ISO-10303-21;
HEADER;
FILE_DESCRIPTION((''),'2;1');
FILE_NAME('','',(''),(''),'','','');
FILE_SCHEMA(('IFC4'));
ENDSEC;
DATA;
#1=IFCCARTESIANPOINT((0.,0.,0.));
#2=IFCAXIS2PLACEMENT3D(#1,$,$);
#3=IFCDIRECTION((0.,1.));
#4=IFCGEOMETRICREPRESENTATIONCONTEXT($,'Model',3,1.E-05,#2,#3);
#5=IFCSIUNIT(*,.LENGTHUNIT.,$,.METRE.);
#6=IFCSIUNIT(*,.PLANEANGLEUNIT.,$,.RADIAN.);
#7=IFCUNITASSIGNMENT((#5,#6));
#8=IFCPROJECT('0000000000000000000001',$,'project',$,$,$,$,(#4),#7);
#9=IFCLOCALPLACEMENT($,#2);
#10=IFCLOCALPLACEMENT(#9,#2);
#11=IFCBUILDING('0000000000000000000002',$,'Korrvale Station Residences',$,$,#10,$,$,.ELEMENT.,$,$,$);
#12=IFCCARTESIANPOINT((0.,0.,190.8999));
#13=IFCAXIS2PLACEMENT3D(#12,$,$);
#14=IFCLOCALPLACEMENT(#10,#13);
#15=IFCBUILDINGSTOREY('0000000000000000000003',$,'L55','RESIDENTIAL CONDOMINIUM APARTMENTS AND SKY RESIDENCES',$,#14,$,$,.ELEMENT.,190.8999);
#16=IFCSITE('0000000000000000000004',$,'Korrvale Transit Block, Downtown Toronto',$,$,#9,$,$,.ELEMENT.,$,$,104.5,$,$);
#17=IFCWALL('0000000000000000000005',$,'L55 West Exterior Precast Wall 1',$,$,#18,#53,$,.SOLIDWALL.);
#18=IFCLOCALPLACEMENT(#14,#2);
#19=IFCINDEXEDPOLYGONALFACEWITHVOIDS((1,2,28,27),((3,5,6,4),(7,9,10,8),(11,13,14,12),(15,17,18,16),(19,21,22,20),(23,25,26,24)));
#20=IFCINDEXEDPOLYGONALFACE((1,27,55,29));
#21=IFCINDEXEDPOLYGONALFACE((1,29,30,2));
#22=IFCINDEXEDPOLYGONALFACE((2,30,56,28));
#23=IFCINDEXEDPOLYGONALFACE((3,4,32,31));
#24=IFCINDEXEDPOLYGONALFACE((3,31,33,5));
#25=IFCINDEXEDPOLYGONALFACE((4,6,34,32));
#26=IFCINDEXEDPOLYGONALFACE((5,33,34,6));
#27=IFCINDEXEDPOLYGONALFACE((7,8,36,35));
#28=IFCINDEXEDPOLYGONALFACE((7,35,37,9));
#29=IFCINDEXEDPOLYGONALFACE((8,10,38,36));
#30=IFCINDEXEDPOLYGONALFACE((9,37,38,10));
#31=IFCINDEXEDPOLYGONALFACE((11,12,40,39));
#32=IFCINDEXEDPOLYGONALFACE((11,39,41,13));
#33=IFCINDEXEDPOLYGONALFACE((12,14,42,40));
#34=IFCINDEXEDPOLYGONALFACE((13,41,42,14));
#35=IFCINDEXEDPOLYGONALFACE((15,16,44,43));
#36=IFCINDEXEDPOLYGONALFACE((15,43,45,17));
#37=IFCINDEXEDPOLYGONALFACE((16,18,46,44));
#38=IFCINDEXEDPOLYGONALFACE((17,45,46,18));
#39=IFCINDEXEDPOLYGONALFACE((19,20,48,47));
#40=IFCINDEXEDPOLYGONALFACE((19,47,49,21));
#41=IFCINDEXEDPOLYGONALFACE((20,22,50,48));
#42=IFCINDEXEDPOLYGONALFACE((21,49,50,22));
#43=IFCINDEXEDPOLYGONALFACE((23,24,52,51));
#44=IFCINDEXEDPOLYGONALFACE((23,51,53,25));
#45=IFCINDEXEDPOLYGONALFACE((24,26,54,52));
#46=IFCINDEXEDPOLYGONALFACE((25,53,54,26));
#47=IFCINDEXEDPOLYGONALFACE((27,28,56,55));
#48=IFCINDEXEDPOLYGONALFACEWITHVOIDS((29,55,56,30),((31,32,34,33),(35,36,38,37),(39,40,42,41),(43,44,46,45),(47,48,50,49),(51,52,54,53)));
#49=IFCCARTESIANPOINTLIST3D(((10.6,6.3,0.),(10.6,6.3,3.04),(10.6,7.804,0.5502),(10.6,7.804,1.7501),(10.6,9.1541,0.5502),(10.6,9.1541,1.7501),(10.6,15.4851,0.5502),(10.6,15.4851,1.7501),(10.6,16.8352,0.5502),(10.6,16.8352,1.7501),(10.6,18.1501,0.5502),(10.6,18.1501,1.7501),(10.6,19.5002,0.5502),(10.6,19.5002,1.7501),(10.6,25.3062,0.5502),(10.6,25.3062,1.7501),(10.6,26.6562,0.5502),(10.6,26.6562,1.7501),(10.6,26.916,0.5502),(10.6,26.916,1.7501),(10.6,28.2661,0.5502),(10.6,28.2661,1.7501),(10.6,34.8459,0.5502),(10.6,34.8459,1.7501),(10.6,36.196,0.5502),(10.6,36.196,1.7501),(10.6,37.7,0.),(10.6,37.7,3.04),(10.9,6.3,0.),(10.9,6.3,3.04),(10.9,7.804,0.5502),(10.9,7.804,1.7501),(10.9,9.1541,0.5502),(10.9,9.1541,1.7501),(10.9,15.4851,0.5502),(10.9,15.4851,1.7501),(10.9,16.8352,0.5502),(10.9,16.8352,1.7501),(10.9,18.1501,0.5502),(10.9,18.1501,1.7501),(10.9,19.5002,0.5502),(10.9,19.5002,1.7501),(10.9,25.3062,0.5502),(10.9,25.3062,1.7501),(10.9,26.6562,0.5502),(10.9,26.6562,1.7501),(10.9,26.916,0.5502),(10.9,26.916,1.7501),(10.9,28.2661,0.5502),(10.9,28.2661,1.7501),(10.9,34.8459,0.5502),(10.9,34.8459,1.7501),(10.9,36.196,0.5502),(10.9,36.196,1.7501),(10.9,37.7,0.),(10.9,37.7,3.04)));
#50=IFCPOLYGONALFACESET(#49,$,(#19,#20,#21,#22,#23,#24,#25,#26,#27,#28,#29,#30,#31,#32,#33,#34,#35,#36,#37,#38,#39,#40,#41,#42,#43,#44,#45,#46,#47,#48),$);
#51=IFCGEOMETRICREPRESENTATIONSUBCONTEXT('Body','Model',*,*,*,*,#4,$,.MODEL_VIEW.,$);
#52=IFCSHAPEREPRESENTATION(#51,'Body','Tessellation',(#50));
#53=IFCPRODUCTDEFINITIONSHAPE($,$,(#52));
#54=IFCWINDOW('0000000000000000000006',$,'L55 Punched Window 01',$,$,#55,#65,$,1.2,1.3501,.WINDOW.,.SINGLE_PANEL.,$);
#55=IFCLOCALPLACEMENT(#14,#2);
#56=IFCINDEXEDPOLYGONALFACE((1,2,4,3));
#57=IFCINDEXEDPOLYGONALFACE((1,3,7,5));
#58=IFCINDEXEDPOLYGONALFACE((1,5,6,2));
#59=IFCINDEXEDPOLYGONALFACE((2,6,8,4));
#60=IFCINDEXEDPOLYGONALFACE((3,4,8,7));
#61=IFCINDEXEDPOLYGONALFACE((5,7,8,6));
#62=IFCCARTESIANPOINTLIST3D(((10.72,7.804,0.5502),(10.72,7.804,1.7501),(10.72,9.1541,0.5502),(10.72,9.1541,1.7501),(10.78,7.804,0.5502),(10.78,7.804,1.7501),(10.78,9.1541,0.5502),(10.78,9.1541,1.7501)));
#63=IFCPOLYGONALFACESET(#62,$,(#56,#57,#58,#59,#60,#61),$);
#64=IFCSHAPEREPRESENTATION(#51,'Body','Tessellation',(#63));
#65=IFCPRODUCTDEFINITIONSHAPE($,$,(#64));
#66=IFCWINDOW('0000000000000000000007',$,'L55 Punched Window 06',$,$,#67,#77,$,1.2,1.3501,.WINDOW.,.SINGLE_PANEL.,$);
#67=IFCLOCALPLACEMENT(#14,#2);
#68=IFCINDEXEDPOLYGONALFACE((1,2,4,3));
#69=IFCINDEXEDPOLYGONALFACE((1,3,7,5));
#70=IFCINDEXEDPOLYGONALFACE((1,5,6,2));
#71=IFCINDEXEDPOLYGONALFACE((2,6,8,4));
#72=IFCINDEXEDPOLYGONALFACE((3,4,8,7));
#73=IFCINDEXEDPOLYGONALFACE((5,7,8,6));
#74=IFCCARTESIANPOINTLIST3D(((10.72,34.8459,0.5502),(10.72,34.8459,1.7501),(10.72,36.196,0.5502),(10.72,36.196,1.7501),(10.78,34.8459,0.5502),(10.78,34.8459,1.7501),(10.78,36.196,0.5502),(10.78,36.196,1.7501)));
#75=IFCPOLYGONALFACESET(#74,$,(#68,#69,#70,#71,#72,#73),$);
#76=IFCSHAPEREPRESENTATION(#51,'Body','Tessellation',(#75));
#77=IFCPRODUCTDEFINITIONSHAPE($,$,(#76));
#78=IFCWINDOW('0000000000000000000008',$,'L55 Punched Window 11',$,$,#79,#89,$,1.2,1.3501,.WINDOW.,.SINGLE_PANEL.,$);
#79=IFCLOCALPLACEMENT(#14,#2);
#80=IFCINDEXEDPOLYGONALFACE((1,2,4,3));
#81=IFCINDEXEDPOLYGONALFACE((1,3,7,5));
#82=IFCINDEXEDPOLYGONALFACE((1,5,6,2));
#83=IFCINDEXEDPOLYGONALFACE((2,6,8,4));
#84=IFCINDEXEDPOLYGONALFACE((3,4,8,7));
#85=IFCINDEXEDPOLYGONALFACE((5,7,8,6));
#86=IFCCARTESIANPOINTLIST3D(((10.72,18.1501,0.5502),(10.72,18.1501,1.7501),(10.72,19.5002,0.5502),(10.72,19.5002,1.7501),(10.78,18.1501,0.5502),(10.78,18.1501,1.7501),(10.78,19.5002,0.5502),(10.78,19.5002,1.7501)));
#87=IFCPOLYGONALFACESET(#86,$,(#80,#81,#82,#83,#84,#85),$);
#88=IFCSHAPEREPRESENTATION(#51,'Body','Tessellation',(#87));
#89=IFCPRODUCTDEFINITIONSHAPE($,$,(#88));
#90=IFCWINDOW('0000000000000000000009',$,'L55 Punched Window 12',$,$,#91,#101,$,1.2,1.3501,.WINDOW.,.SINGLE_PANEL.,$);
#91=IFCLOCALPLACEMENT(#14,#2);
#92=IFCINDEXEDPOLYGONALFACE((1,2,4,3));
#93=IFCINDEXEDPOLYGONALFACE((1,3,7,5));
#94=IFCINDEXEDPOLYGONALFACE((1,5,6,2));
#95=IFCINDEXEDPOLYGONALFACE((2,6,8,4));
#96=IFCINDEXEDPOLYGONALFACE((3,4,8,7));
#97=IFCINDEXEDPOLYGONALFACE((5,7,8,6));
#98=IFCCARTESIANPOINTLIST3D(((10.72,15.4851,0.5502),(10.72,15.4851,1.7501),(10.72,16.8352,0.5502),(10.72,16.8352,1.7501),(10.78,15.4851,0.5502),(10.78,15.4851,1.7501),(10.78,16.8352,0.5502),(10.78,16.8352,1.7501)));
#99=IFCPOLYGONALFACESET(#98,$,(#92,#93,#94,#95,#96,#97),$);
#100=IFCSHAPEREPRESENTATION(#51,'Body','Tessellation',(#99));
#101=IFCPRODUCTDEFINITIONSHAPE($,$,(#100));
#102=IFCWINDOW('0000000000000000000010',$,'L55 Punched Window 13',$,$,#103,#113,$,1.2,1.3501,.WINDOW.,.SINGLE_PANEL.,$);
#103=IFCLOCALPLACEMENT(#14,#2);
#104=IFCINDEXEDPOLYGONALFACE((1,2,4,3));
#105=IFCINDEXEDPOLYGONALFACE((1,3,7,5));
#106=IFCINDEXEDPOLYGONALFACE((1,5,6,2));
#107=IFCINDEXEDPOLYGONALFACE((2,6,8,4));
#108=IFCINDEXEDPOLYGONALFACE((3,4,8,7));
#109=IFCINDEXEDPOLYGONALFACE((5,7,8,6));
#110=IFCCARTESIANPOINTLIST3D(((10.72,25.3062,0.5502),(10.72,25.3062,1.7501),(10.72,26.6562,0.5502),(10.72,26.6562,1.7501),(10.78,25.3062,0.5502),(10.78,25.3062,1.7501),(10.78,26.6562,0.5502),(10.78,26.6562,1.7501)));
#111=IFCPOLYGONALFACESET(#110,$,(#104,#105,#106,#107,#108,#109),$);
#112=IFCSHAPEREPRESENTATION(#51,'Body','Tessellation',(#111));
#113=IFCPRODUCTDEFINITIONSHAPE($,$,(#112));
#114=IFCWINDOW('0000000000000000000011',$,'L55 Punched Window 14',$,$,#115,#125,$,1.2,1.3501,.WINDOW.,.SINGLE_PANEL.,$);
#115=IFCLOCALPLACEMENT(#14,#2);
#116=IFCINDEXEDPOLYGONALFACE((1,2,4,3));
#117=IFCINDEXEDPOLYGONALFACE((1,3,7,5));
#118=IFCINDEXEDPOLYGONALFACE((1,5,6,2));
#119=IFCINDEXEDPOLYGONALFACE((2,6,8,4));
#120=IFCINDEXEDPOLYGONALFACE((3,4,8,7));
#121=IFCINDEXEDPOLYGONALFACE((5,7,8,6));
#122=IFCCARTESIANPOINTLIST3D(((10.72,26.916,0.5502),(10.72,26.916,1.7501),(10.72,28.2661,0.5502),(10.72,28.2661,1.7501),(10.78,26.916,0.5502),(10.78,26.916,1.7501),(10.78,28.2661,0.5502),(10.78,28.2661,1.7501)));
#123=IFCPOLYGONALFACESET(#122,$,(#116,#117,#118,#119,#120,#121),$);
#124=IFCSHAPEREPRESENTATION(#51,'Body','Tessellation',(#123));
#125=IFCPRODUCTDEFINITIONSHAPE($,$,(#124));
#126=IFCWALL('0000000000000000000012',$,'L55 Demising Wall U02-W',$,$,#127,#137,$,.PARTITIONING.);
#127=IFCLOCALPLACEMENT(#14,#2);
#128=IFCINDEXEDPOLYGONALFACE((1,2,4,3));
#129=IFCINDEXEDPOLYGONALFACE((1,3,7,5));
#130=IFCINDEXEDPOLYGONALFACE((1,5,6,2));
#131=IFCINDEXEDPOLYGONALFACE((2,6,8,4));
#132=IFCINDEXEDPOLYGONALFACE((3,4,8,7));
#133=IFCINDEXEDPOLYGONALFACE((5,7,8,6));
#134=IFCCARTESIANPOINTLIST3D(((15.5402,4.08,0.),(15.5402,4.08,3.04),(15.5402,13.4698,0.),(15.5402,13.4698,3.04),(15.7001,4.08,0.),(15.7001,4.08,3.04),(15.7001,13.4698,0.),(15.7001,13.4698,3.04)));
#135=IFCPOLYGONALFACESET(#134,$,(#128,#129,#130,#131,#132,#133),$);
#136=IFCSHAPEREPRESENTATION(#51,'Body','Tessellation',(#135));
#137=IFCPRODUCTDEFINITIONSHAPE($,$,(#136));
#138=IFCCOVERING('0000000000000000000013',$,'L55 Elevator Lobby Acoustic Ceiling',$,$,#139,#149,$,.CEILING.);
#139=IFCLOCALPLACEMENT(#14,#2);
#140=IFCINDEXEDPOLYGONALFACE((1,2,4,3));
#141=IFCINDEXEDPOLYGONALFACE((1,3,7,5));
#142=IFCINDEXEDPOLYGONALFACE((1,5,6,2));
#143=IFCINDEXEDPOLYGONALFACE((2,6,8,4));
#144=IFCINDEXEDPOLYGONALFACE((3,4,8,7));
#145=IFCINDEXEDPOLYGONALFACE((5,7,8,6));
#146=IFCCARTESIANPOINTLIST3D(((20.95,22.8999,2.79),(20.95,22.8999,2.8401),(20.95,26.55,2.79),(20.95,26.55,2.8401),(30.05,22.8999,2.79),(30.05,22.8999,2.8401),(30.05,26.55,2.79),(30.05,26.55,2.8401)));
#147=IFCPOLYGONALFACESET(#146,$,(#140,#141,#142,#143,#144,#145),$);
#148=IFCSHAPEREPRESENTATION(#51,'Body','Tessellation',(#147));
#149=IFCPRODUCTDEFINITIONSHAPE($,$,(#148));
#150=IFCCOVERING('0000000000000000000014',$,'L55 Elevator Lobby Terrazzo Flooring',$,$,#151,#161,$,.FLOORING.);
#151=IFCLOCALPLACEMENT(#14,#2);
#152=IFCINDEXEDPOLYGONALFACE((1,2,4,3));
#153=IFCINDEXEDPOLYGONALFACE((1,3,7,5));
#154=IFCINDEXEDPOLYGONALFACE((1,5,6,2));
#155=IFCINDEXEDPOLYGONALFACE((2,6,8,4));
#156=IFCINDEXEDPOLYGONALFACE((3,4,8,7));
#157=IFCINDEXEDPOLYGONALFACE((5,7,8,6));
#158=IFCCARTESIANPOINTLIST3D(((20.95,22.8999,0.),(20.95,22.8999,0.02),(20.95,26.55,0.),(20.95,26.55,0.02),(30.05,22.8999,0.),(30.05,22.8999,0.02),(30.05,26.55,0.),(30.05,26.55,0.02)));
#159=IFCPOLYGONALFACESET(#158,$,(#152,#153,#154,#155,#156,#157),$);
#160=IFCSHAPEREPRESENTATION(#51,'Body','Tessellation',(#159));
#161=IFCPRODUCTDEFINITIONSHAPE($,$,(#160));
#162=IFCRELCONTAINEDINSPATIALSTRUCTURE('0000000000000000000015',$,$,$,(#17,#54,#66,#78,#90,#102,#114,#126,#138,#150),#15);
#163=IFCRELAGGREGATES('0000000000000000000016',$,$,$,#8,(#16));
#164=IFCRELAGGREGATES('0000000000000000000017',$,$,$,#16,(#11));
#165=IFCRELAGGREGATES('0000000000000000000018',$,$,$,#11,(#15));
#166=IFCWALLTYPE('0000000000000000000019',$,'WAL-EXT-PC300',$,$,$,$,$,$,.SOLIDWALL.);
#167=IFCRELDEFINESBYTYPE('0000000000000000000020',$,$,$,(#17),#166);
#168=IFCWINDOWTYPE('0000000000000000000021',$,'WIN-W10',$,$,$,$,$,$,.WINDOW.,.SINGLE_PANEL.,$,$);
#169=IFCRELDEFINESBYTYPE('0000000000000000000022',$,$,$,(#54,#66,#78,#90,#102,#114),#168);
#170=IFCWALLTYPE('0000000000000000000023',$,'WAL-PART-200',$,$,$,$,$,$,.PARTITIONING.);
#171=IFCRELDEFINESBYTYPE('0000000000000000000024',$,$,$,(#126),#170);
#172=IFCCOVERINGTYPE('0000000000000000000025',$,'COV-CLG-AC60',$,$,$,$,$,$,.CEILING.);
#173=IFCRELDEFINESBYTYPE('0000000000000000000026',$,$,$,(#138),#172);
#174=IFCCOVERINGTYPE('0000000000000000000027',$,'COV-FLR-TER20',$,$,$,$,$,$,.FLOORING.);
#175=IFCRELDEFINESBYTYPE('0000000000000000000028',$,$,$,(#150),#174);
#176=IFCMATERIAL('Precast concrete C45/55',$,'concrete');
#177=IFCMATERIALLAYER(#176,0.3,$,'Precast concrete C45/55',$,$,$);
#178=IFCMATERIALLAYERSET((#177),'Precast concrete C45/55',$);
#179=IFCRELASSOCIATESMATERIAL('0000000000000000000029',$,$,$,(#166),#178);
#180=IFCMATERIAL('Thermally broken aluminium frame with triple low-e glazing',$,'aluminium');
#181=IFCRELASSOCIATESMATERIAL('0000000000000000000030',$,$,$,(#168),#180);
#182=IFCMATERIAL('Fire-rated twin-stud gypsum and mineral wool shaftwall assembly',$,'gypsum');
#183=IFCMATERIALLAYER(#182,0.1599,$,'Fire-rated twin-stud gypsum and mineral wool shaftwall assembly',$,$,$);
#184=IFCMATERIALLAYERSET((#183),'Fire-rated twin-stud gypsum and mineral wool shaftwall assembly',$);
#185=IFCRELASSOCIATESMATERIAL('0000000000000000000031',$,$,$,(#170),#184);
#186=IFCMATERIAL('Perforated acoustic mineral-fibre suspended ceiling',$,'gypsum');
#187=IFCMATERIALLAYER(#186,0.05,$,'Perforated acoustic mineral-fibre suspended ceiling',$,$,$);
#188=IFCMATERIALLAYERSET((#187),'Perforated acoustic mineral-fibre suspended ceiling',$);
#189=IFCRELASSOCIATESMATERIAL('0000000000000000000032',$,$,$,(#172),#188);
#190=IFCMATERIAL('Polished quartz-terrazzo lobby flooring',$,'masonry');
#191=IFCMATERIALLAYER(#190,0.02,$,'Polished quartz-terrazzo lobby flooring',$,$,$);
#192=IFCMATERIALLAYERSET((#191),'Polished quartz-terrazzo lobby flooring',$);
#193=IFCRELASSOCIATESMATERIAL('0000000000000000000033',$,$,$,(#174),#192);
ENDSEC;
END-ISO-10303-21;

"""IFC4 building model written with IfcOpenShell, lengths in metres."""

from ifc_helpers import new_model, si_unit, direction, frame, frame_2d, origin, place, context, subcontext, project, spatial, polyline, rectangle, outline, extrude, material, layer, layer_set, type_object, element, fill, save


model = new_model("IFC4")

# Units and contexts
model_context = context("Model", 3, precision=1e-05, world=origin(), true_north=direction((0.0, 1.0)))
body_context = subcontext(model_context, "Body", "Model", "MODEL_VIEW")
ifc_project = project(units=[si_unit("LENGTHUNIT", "METRE"), si_unit("PLANEANGLEUNIT", "RADIAN")], contexts=[model_context])

# Site, building, storey
site_placement = place(None, origin())
site = spatial("IfcSite", under=ifc_project, at=site_placement, Name="Korrvale Transit Block, Downtown Toronto", CompositionType="ELEMENT", RefElevation=104.5)
building_placement = place(site_placement, origin())
building = spatial("IfcBuilding", under=site, at=building_placement, Name="Korrvale Station Residences", CompositionType="ELEMENT")
storey_placement = place(building_placement, frame((0.0, 0.0, 190.8999)))
storey = spatial("IfcBuildingStorey", under=building, at=storey_placement, Name="L55", Description="RESIDENTIAL CONDOMINIUM APARTMENTS AND SKY RESIDENCES", CompositionType="ELEMENT", Elevation=190.8999)

# Shared definitions
ifc_material_1 = material(Name="Precast concrete C45/55", Category="concrete")

# Wall, openings, windows
ifc_layer_1 = layer(ifc_material_1, 0.3, Name="Precast concrete C45/55")
ifc_layer_set_1 = layer_set([ifc_layer_1], Name="Precast concrete C45/55")
wall_type_1 = type_object("IfcWallType", Name="WAL-EXT-PC300", PredefinedType="SOLIDWALL", material=ifc_layer_set_1)
wall_1_placement = place(storey_placement, frame((10.75, 6.3, 0.0), z_axis=(0.0, 0.0, 1.0), x_axis=(0.0, 1.0, 0.0)))
wall_1 = element("IfcWall", 1, at=wall_1_placement, inside=storey, type_object=wall_type_1, Name="L55 West Exterior Precast Wall 1", PredefinedType="SOLIDWALL", context=body_context, shape_type="SweptSolid", body=[
    extrude(rectangle(XDim=31.3999, YDim=0.3, at=frame_2d((15.7, 0.0))), origin(), (0.0, 0.0, 1.0), 3.04),
])
opening_1_placement = place(wall_1_placement, frame((1.5039, 0.0, 0.55)))
opening_1 = element("IfcOpeningElement", 2, at=opening_1_placement, cuts=wall_1, PredefinedType="OPENING", context=body_context, shape_type="SweptSolid", body=[
    extrude(rectangle(XDim=1.3501, YDim=1.2, at=frame_2d((0.675, 0.6001))), frame((0.0, 0.1602, 0.0), z_axis=(0.0, -1.0, 0.0), x_axis=(1.0, 0.0, 0.0)), (0.0, 0.0, 1.0), 0.3201),
])
opening_2_placement = place(wall_1_placement, frame((28.5459, 0.0, 0.55)))
opening_2 = element("IfcOpeningElement", 3, at=opening_2_placement, cuts=wall_1, PredefinedType="OPENING", context=body_context, shape_type="SweptSolid", body=[
    extrude(rectangle(XDim=1.3501, YDim=1.2, at=frame_2d((0.675, 0.6001))), frame((0.0, 0.1602, 0.0), z_axis=(0.0, -1.0, 0.0), x_axis=(1.0, 0.0, 0.0)), (0.0, 0.0, 1.0), 0.3201),
])
opening_3_placement = place(wall_1_placement, frame((11.8501, 0.0, 0.55)))
opening_3 = element("IfcOpeningElement", 4, at=opening_3_placement, cuts=wall_1, PredefinedType="OPENING", context=body_context, shape_type="SweptSolid", body=[
    extrude(rectangle(XDim=1.3501, YDim=1.2, at=frame_2d((0.675, 0.6001))), frame((0.0, 0.1602, 0.0), z_axis=(0.0, -1.0, 0.0), x_axis=(1.0, 0.0, 0.0)), (0.0, 0.0, 1.0), 0.3201),
])
opening_4_placement = place(wall_1_placement, frame((9.1851, 0.0, 0.55)))
opening_4 = element("IfcOpeningElement", 5, at=opening_4_placement, cuts=wall_1, PredefinedType="OPENING", context=body_context, shape_type="SweptSolid", body=[
    extrude(rectangle(XDim=1.3501, YDim=1.2, at=frame_2d((0.675, 0.6001))), frame((0.0, 0.1602, 0.0), z_axis=(0.0, -1.0, 0.0), x_axis=(1.0, 0.0, 0.0)), (0.0, 0.0, 1.0), 0.3201),
])
opening_5_placement = place(wall_1_placement, frame((19.0061, 0.0, 0.55)))
opening_5 = element("IfcOpeningElement", 6, at=opening_5_placement, cuts=wall_1, PredefinedType="OPENING", context=body_context, shape_type="SweptSolid", body=[
    extrude(rectangle(XDim=1.3501, YDim=1.2, at=frame_2d((0.675, 0.6001))), frame((0.0, 0.1602, 0.0), z_axis=(0.0, -1.0, 0.0), x_axis=(1.0, 0.0, 0.0)), (0.0, 0.0, 1.0), 0.3201),
])
opening_6_placement = place(wall_1_placement, frame((20.616, 0.0, 0.55)))
opening_6 = element("IfcOpeningElement", 7, at=opening_6_placement, cuts=wall_1, PredefinedType="OPENING", context=body_context, shape_type="SweptSolid", body=[
    extrude(rectangle(XDim=1.3501, YDim=1.2, at=frame_2d((0.675, 0.6001))), frame((0.0, 0.1602, 0.0), z_axis=(0.0, -1.0, 0.0), x_axis=(1.0, 0.0, 0.0)), (0.0, 0.0, 1.0), 0.3201),
])
ifc_material_2 = material(Name="Thermally broken aluminium frame with triple low-e glazing", Category="aluminium")
window_type = type_object("IfcWindowType", Name="WIN-W10", PartitioningType="SINGLE_PANEL", PredefinedType="WINDOW", material=ifc_material_2)
window_1_placement = place(opening_1_placement, origin())
window_1 = element("IfcWindow", 8, at=window_1_placement, inside=storey, type_object=window_type, Name="L55 Punched Window 01", OverallHeight=1.2, OverallWidth=1.3501, PartitioningType="SINGLE_PANEL", PredefinedType="WINDOW", context=body_context, shape_type="SweptSolid", body=[
    extrude(rectangle(XDim=1.3501, YDim=1.2, at=frame_2d((0.675, 0.6001))), frame((0.0, 0.03, 0.0), z_axis=(0.0, -1.0, 0.0), x_axis=(1.0, 0.0, 0.0)), (0.0, 0.0, 1.0), 0.0601),
])
fill(opening_1, window_1)
window_2_placement = place(opening_2_placement, origin())
window_2 = element("IfcWindow", 9, at=window_2_placement, inside=storey, type_object=window_type, Name="L55 Punched Window 06", OverallHeight=1.2, OverallWidth=1.3501, PartitioningType="SINGLE_PANEL", PredefinedType="WINDOW", context=body_context, shape_type="SweptSolid", body=[
    extrude(rectangle(XDim=1.3501, YDim=1.2, at=frame_2d((0.675, 0.6001))), frame((0.0, 0.03, 0.0), z_axis=(0.0, -1.0, 0.0), x_axis=(1.0, 0.0, 0.0)), (0.0, 0.0, 1.0), 0.0601),
])
fill(opening_2, window_2)
window_3_placement = place(opening_3_placement, origin())
window_3 = element("IfcWindow", 10, at=window_3_placement, inside=storey, type_object=window_type, Name="L55 Punched Window 11", OverallHeight=1.2, OverallWidth=1.3501, PartitioningType="SINGLE_PANEL", PredefinedType="WINDOW", context=body_context, shape_type="SweptSolid", body=[
    extrude(rectangle(XDim=1.3501, YDim=1.2, at=frame_2d((0.675, 0.6001))), frame((0.0, 0.03, 0.0), z_axis=(0.0, -1.0, 0.0), x_axis=(1.0, 0.0, 0.0)), (0.0, 0.0, 1.0), 0.0601),
])
fill(opening_3, window_3)
window_4_placement = place(opening_4_placement, origin())
window_4 = element("IfcWindow", 11, at=window_4_placement, inside=storey, type_object=window_type, Name="L55 Punched Window 12", OverallHeight=1.2, OverallWidth=1.3501, PartitioningType="SINGLE_PANEL", PredefinedType="WINDOW", context=body_context, shape_type="SweptSolid", body=[
    extrude(rectangle(XDim=1.3501, YDim=1.2, at=frame_2d((0.675, 0.6001))), frame((0.0, 0.03, 0.0), z_axis=(0.0, -1.0, 0.0), x_axis=(1.0, 0.0, 0.0)), (0.0, 0.0, 1.0), 0.0601),
])
fill(opening_4, window_4)
window_5_placement = place(opening_5_placement, origin())
window_5 = element("IfcWindow", 12, at=window_5_placement, inside=storey, type_object=window_type, Name="L55 Punched Window 13", OverallHeight=1.2, OverallWidth=1.3501, PartitioningType="SINGLE_PANEL", PredefinedType="WINDOW", context=body_context, shape_type="SweptSolid", body=[
    extrude(rectangle(XDim=1.3501, YDim=1.2, at=frame_2d((0.675, 0.6001))), frame((0.0, 0.03, 0.0), z_axis=(0.0, -1.0, 0.0), x_axis=(1.0, 0.0, 0.0)), (0.0, 0.0, 1.0), 0.0601),
])
fill(opening_5, window_5)
window_6_placement = place(opening_6_placement, origin())
window_6 = element("IfcWindow", 13, at=window_6_placement, inside=storey, type_object=window_type, Name="L55 Punched Window 14", OverallHeight=1.2, OverallWidth=1.3501, PartitioningType="SINGLE_PANEL", PredefinedType="WINDOW", context=body_context, shape_type="SweptSolid", body=[
    extrude(rectangle(XDim=1.3501, YDim=1.2, at=frame_2d((0.675, 0.6001))), frame((0.0, 0.03, 0.0), z_axis=(0.0, -1.0, 0.0), x_axis=(1.0, 0.0, 0.0)), (0.0, 0.0, 1.0), 0.0601),
])
fill(opening_6, window_6)

# Wall
ifc_material_3 = material(Name="Fire-rated twin-stud gypsum and mineral wool shaftwall assembly", Category="gypsum")
ifc_layer_2 = layer(ifc_material_3, 0.1599, Name="Fire-rated twin-stud gypsum and mineral wool shaftwall assembly")
ifc_layer_set_2 = layer_set([ifc_layer_2], Name="Fire-rated twin-stud gypsum and mineral wool shaftwall assembly")
wall_type_2 = type_object("IfcWallType", Name="WAL-PART-200", PredefinedType="PARTITIONING", material=ifc_layer_set_2)
wall_2_placement = place(storey_placement, frame((15.6201, 4.0801, 0.0), z_axis=(0.0, 0.0, 1.0), x_axis=(0.0, 1.0, 0.0)))
element("IfcWall", 14, at=wall_2_placement, inside=storey, type_object=wall_type_2, Name="L55 Demising Wall U02-W", PredefinedType="PARTITIONING", context=body_context, shape_type="SweptSolid", body=[
    extrude(rectangle(XDim=9.3899, YDim=0.1599, at=frame_2d((4.6948, 0.0))), origin(), (0.0, 0.0, 1.0), 3.04),
])

# Coverings
ifc_material_4 = material(Name="Perforated acoustic mineral-fibre suspended ceiling", Category="gypsum")
ifc_layer_3 = layer(ifc_material_4, 0.05, Name="Perforated acoustic mineral-fibre suspended ceiling")
ifc_layer_set_3 = layer_set([ifc_layer_3], Name="Perforated acoustic mineral-fibre suspended ceiling")
covering_type_1 = type_object("IfcCoveringType", Name="COV-CLG-AC60", PredefinedType="CEILING", material=ifc_layer_set_3)
covering_1_placement = place(storey_placement, frame((0.0, 0.0, 2.79)))
element("IfcCovering", 15, at=covering_1_placement, inside=storey, type_object=covering_type_1, Name="L55 Elevator Lobby Acoustic Ceiling", PredefinedType="CEILING", context=body_context, shape_type="SweptSolid", body=[
    extrude(outline(polyline([(20.95, 22.8999), (30.05, 22.8999), (30.05, 26.55), (20.95, 26.55), (20.95, 22.8999)])), origin(), (0.0, 0.0, 1.0), 0.05),
])
ifc_material_5 = material(Name="Polished quartz-terrazzo lobby flooring", Category="masonry")
ifc_layer_4 = layer(ifc_material_5, 0.02, Name="Polished quartz-terrazzo lobby flooring")
ifc_layer_set_4 = layer_set([ifc_layer_4], Name="Polished quartz-terrazzo lobby flooring")
covering_type_2 = type_object("IfcCoveringType", Name="COV-FLR-TER20", PredefinedType="FLOORING", material=ifc_layer_set_4)
covering_2_placement = place(storey_placement, origin())
element("IfcCovering", 16, at=covering_2_placement, inside=storey, type_object=covering_type_2, Name="L55 Elevator Lobby Terrazzo Flooring", PredefinedType="FLOORING", context=body_context, shape_type="SweptSolid", body=[
    extrude(outline(polyline([(20.95, 22.8999), (30.05, 22.8999), (30.05, 26.55), (20.95, 26.55), (20.95, 22.8999)])), origin(), (0.0, 0.0, 1.0), 0.02),
])

save(model, "model.ifc")
